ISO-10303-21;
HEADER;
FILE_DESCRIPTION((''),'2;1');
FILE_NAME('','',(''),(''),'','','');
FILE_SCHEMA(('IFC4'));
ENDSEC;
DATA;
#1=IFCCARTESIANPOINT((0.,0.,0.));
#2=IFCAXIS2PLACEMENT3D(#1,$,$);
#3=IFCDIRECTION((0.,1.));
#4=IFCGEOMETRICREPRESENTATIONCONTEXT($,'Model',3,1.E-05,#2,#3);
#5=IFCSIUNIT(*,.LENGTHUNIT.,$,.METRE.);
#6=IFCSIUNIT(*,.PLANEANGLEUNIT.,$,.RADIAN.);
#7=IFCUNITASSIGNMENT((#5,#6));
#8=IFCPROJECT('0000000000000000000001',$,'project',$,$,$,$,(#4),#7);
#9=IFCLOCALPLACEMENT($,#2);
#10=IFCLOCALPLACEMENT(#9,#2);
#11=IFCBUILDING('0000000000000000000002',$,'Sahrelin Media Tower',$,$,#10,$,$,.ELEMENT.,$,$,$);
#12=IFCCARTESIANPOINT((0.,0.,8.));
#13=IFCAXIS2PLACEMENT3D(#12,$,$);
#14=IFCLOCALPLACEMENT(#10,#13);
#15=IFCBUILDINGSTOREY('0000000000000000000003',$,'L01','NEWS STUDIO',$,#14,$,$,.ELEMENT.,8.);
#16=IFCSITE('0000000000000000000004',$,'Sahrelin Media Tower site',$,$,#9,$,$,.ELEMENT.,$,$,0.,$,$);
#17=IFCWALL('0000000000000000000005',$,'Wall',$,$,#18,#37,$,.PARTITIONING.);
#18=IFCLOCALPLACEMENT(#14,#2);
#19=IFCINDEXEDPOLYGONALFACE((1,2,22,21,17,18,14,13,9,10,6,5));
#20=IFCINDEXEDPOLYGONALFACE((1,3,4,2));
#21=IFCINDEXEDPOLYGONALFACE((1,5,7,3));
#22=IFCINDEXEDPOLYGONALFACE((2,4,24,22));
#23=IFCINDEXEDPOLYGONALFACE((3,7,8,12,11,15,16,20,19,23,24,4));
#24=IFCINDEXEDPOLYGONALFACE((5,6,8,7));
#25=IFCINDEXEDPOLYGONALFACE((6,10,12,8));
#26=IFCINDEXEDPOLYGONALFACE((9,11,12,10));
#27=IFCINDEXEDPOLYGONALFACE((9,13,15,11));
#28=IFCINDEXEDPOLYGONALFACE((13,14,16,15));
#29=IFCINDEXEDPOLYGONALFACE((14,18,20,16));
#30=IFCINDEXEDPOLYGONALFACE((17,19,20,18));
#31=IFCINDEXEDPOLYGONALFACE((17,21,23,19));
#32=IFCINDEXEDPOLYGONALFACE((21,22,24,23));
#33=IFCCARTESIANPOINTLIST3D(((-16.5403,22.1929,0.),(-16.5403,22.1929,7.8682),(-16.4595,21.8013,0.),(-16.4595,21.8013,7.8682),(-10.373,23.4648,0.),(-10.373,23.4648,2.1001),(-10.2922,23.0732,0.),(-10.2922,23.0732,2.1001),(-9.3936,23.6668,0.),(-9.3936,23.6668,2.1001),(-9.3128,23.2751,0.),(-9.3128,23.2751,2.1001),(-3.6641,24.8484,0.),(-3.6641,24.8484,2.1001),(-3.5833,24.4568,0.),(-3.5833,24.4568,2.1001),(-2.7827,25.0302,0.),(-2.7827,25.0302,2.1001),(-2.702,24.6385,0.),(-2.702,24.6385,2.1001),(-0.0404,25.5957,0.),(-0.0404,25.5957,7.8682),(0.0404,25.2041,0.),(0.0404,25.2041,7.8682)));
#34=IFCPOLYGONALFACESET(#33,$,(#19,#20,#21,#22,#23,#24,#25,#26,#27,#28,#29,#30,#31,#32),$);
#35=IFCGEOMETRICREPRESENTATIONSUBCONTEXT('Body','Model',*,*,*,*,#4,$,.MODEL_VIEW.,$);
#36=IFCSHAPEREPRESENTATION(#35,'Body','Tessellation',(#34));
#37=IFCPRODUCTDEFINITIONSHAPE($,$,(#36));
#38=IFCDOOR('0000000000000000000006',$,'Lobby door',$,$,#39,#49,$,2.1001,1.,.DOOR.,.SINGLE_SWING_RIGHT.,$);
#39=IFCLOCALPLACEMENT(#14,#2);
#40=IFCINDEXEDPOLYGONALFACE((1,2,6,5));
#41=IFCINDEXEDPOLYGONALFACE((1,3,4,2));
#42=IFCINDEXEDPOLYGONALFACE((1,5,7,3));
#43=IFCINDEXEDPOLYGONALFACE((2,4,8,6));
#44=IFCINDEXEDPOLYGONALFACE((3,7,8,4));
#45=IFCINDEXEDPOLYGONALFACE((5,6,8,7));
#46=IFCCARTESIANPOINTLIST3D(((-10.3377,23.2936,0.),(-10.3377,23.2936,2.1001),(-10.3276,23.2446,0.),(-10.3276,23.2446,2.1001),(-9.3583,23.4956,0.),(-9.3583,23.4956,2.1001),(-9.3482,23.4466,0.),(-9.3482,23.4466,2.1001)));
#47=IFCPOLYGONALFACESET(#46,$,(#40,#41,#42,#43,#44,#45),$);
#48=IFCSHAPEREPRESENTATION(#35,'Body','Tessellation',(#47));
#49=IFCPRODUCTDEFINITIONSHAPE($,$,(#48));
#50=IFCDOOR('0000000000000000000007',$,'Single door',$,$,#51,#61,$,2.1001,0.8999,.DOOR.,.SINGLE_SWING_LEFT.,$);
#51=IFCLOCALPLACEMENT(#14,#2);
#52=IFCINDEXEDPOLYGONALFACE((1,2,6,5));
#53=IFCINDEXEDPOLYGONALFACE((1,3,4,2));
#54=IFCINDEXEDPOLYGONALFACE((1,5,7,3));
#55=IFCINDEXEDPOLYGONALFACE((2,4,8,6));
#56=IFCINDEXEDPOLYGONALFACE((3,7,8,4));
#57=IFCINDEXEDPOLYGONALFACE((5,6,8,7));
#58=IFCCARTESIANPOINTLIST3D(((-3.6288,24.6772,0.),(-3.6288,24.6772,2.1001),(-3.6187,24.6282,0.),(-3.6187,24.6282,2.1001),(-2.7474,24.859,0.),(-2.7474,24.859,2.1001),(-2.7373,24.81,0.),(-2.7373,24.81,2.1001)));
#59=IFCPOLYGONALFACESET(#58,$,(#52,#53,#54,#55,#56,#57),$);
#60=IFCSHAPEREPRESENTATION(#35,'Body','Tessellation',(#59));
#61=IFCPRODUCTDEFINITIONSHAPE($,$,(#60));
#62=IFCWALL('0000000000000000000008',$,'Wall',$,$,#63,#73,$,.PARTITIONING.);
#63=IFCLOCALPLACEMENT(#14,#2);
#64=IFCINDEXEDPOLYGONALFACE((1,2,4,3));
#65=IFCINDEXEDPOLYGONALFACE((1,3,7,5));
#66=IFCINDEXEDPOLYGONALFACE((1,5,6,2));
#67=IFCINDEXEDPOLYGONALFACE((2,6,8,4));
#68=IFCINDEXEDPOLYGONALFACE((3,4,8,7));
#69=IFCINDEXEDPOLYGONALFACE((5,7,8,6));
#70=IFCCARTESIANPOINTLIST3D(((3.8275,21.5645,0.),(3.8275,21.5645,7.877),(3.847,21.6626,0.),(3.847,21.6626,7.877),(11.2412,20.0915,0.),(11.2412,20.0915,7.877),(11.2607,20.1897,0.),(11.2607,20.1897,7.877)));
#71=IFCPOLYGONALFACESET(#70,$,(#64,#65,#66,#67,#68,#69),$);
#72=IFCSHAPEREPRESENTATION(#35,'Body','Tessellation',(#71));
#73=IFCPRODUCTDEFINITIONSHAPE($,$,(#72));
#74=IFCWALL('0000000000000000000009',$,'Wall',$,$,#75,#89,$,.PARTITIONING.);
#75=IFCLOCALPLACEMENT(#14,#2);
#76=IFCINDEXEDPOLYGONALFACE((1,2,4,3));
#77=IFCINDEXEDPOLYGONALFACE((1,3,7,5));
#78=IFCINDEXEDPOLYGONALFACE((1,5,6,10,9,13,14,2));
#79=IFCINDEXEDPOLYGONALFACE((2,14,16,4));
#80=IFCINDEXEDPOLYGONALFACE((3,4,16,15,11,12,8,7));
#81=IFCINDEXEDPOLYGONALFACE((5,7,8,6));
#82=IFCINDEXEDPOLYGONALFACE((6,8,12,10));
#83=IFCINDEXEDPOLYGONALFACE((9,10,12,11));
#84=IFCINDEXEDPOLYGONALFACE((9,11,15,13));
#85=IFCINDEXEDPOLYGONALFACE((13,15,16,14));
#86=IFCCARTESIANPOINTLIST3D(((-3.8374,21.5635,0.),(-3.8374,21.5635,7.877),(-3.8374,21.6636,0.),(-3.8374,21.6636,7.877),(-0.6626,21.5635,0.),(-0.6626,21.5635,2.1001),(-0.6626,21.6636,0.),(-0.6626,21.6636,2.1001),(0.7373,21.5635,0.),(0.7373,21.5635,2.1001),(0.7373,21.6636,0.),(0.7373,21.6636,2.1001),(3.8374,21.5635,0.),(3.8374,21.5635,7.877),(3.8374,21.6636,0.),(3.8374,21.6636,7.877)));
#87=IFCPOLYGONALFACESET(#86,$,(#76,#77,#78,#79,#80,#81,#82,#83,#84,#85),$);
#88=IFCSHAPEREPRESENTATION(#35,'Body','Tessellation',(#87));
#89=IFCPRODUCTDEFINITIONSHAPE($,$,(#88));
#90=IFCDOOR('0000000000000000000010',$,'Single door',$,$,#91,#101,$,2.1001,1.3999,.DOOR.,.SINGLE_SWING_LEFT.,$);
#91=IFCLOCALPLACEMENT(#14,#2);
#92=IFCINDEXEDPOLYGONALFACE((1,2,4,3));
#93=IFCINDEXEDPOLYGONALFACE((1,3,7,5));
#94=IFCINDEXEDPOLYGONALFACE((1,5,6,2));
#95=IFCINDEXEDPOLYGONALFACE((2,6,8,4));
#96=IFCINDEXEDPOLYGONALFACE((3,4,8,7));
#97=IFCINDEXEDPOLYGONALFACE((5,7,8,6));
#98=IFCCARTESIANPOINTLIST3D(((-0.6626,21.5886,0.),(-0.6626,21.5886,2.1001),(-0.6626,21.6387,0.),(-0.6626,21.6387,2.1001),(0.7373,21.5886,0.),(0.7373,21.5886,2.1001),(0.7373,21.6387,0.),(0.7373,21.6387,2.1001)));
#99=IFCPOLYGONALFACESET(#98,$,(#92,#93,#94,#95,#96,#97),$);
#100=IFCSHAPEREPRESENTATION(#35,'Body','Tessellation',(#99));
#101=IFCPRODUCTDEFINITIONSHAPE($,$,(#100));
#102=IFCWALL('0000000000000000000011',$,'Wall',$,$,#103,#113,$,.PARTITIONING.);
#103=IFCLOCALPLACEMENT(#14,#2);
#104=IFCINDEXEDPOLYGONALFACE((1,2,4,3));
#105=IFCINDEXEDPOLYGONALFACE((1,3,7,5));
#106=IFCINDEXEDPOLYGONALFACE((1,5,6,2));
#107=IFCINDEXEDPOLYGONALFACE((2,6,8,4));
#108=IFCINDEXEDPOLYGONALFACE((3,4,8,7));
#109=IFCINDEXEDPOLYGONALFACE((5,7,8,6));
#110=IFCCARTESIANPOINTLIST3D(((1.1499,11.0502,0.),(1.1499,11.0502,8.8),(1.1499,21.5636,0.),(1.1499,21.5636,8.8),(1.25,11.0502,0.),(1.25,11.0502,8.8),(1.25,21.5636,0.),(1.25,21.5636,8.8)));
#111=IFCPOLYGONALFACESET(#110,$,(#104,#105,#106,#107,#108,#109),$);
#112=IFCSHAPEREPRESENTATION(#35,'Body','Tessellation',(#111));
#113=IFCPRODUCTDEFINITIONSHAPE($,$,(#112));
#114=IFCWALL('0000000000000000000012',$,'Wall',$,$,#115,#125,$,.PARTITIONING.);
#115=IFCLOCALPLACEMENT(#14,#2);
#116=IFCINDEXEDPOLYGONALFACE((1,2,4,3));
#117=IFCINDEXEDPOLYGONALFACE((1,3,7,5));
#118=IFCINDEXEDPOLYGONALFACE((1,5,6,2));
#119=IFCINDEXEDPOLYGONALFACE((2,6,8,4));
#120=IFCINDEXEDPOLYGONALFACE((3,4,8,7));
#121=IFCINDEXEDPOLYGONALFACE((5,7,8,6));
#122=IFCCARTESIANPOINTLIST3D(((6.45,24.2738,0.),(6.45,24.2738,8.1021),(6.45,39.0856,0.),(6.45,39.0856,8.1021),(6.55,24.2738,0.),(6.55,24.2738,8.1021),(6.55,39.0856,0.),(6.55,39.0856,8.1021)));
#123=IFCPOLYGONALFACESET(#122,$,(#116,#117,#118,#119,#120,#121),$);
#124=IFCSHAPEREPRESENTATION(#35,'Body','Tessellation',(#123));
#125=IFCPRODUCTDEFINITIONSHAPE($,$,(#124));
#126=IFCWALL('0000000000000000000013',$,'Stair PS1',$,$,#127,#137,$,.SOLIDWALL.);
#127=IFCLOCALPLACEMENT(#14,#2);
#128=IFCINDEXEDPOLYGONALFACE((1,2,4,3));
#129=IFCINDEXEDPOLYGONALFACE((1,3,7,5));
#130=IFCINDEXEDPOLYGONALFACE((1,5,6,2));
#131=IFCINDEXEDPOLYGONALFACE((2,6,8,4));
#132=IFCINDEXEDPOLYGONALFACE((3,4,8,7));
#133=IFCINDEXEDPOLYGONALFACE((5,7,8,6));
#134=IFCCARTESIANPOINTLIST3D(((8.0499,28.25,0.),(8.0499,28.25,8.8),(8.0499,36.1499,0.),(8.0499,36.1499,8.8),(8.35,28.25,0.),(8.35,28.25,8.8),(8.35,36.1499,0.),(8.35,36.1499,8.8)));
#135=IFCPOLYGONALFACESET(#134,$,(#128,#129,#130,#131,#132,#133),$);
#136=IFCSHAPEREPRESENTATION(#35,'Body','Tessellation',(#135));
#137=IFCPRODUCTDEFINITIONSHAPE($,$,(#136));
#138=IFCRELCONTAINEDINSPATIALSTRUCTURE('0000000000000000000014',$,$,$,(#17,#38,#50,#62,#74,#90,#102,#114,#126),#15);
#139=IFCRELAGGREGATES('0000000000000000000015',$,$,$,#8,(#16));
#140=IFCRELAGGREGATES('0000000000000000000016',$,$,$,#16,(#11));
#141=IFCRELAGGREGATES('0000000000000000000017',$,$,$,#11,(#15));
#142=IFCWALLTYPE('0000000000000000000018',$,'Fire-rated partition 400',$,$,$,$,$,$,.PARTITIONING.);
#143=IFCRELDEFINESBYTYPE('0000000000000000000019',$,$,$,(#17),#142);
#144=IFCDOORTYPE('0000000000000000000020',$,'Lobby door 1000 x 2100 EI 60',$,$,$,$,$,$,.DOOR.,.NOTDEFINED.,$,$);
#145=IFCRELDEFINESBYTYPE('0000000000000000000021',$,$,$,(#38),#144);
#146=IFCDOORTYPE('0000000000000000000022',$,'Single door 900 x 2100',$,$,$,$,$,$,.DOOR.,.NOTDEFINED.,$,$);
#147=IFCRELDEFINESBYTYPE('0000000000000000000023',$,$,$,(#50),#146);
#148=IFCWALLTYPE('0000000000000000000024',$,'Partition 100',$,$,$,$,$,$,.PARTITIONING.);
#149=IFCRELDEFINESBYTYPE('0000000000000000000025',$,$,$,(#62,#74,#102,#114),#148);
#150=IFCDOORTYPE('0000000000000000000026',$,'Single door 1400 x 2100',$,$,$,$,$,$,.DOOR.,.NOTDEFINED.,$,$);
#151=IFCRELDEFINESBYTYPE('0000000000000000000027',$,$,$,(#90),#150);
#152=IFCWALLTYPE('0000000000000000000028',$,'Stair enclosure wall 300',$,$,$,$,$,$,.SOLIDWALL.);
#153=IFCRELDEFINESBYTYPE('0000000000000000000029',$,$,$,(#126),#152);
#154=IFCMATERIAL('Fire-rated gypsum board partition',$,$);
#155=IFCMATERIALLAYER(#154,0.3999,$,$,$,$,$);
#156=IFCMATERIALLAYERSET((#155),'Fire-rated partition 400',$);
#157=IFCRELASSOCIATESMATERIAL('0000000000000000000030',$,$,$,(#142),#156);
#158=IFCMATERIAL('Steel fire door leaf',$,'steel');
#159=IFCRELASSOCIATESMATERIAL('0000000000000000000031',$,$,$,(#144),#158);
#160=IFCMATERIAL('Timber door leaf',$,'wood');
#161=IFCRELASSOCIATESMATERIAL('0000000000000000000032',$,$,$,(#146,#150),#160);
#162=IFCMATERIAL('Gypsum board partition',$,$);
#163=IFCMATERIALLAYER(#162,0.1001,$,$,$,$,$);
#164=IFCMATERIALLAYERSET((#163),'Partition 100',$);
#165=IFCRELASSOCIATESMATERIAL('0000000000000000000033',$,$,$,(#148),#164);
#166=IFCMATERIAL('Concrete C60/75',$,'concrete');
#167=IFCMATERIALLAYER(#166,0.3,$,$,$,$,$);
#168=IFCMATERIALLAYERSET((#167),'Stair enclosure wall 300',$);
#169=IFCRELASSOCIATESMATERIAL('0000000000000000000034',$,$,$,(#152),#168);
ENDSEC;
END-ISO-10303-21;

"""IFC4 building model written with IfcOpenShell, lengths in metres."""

from ifc_helpers import new_model, si_unit, direction, frame, frame_2d, origin, place, context, subcontext, project, spatial, rectangle, extrude, material, layer, layer_set, type_object, element, fill, save


model = new_model("IFC4")

# Units and contexts
model_context = context("Model", 3, precision=1e-05, world=origin(), true_north=direction((0.0, 1.0)))
body_context = subcontext(model_context, "Body", "Model", "MODEL_VIEW")
ifc_project = project(units=[si_unit("LENGTHUNIT", "METRE"), si_unit("PLANEANGLEUNIT", "RADIAN")], contexts=[model_context])

# Site, building, storey
site_placement = place(None, origin())
site = spatial("IfcSite", under=ifc_project, at=site_placement, Name="Sahrelin Media Tower site", CompositionType="ELEMENT", RefElevation=0.0)
building_placement = place(site_placement, origin())
building = spatial("IfcBuilding", under=site, at=building_placement, Name="Sahrelin Media Tower", CompositionType="ELEMENT")
storey_placement = place(building_placement, frame((0.0, 0.0, 8.0)))
storey = spatial("IfcBuildingStorey", under=building, at=storey_placement, Name="L01", Description="NEWS STUDIO", CompositionType="ELEMENT", Elevation=8.0)

# Wall, openings, doors
ifc_material_1 = material(Name="Fire-rated gypsum board partition")
ifc_layer_1 = layer(ifc_material_1, 0.3999)
ifc_layer_set_1 = layer_set([ifc_layer_1], Name="Fire-rated partition 400")
wall_type_1 = type_object("IfcWallType", Name="Fire-rated partition 400", PredefinedType="PARTITIONING", material=ifc_layer_set_1)
wall_1_placement = place(storey_placement, frame((0.0, 25.3999, 0.0), z_axis=(0.0, 0.0, 1.0), x_axis=(-0.979389, -0.201982, 0.0)))
wall_1 = element("IfcWall", 1, at=wall_1_placement, inside=storey, type_object=wall_type_1, Name="Wall", PredefinedType="PARTITIONING", context=body_context, shape_type="SweptSolid", body=[
    extrude(rectangle(XDim=16.8472, YDim=0.3999, at=frame_2d((8.4236, 0.0))), origin(), (0.0, 0.0, 1.0), 7.8682),
])
opening_1_placement = place(wall_1_placement, frame((9.55, 0.0, 0.0)))
opening_1 = element("IfcOpeningElement", 2, at=opening_1_placement, cuts=wall_1, PredefinedType="OPENING", context=body_context, shape_type="SweptSolid", body=[
    extrude(rectangle(XDim=1.0, YDim=2.1001, at=frame_2d((0.5, 1.05))), frame((0.0, 0.2, 0.0), z_axis=(0.0, -1.0, 0.0), x_axis=(1.0, 0.0, 0.0)), (0.0, 0.0, 1.0), 0.3999),
])
opening_2_placement = place(wall_1_placement, frame((2.8, 0.0, 0.0)))
opening_2 = element("IfcOpeningElement", 3, at=opening_2_placement, cuts=wall_1, PredefinedType="OPENING", context=body_context, shape_type="SweptSolid", body=[
    extrude(rectangle(XDim=0.8999, YDim=2.1001, at=frame_2d((0.45, 1.05))), frame((0.0, 0.2, 0.0), z_axis=(0.0, -1.0, 0.0), x_axis=(1.0, 0.0, 0.0)), (0.0, 0.0, 1.0), 0.3999),
])
ifc_material_2 = material(Name="Steel fire door leaf", Category="steel")
door_type_1 = type_object("IfcDoorType", Name="Lobby door 1000 x 2100 EI 60", OperationType="NOTDEFINED", PredefinedType="DOOR", material=ifc_material_2)
door_1_placement = place(opening_1_placement, origin())
door_1 = element("IfcDoor", 4, at=door_1_placement, inside=storey, type_object=door_type_1, Name="Lobby door", OperationType="SINGLE_SWING_RIGHT", OverallHeight=2.1001, OverallWidth=1.0, PredefinedType="DOOR", context=body_context, shape_type="SweptSolid", body=[
    extrude(rectangle(XDim=1.0, YDim=2.1001, at=frame_2d((0.5, 1.05))), frame((0.0, 0.0249, 0.0), z_axis=(0.0, -1.0, 0.0), x_axis=(1.0, 0.0, 0.0)), (0.0, 0.0, 1.0), 0.05),
])
fill(opening_1, door_1)
ifc_material_3 = material(Name="Timber door leaf", Category="wood")
door_type_2 = type_object("IfcDoorType", Name="Single door 900 x 2100", OperationType="NOTDEFINED", PredefinedType="DOOR", material=ifc_material_3)
door_2_placement = place(opening_2_placement, origin())
door_2 = element("IfcDoor", 5, at=door_2_placement, inside=storey, type_object=door_type_2, Name="Single door", OperationType="SINGLE_SWING_LEFT", OverallHeight=2.1001, OverallWidth=0.8999, PredefinedType="DOOR", context=body_context, shape_type="SweptSolid", body=[
    extrude(rectangle(XDim=0.8999, YDim=2.1001, at=frame_2d((0.45, 1.05))), frame((0.0, 0.0249, 0.0), z_axis=(0.0, -1.0, 0.0), x_axis=(1.0, 0.0, 0.0)), (0.0, 0.0, 1.0), 0.05),
])
fill(opening_2, door_2)

# Wall
ifc_material_4 = material(Name="Gypsum board partition")
ifc_layer_2 = layer(ifc_material_4, 0.1001)
ifc_layer_set_2 = layer_set([ifc_layer_2], Name="Partition 100")
wall_type_2 = type_object("IfcWallType", Name="Partition 100", PredefinedType="PARTITIONING", material=ifc_layer_set_2)
wall_2_placement = place(storey_placement, frame((11.251, 20.1406, 0.0), z_axis=(0.0, 0.0, 1.0), x_axis=(-0.98083, 0.194867, 0.0)))
element("IfcWall", 6, at=wall_2_placement, inside=storey, type_object=wall_type_2, Name="Wall", PredefinedType="PARTITIONING", context=body_context, shape_type="SweptSolid", body=[
    extrude(rectangle(XDim=7.5586, YDim=0.1001, at=frame_2d((3.7793, 0.0))), origin(), (0.0, 0.0, 1.0), 7.877),
])

# Wall, opening, door
wall_3_placement = place(storey_placement, frame((3.8374, 21.6135, 0.0), z_axis=(0.0, 0.0, 1.0), x_axis=(-1.0, 0.0, 0.0)))
wall_3 = element("IfcWall", 7, at=wall_3_placement, inside=storey, type_object=wall_type_2, Name="Wall", PredefinedType="PARTITIONING", context=body_context, shape_type="SweptSolid", body=[
    extrude(rectangle(XDim=7.6748, YDim=0.1001, at=frame_2d((3.8374, 0.0))), origin(), (0.0, 0.0, 1.0), 7.877),
])
opening_3_placement = place(wall_3_placement, frame((3.1001, 0.0, 0.0)))
opening_3 = element("IfcOpeningElement", 8, at=opening_3_placement, cuts=wall_3, PredefinedType="OPENING", context=body_context, shape_type="SweptSolid", body=[
    extrude(rectangle(XDim=1.3999, YDim=2.1001, at=frame_2d((0.7, 1.05))), frame((0.0, 0.05, 0.0), z_axis=(0.0, -1.0, 0.0), x_axis=(1.0, 0.0, 0.0)), (0.0, 0.0, 1.0), 0.1001),
])
door_type_3 = type_object("IfcDoorType", Name="Single door 1400 x 2100", OperationType="NOTDEFINED", PredefinedType="DOOR", material=ifc_material_3)
door_3_placement = place(opening_3_placement, origin())
door_3 = element("IfcDoor", 9, at=door_3_placement, inside=storey, type_object=door_type_3, Name="Single door", OperationType="SINGLE_SWING_LEFT", OverallHeight=2.1001, OverallWidth=1.3999, PredefinedType="DOOR", context=body_context, shape_type="SweptSolid", body=[
    extrude(rectangle(XDim=1.3999, YDim=2.1001, at=frame_2d((0.7, 1.05))), frame((0.0, 0.0249, 0.0), z_axis=(0.0, -1.0, 0.0), x_axis=(1.0, 0.0, 0.0)), (0.0, 0.0, 1.0), 0.05),
])
fill(opening_3, door_3)

# Walls
wall_4_placement = place(storey_placement, frame((1.2, 11.05, 0.0), z_axis=(0.0, 0.0, 1.0), x_axis=(0.0, 1.0, 0.0)))
element("IfcWall", 10, at=wall_4_placement, inside=storey, type_object=wall_type_2, Name="Wall", PredefinedType="PARTITIONING", context=body_context, shape_type="SweptSolid", body=[
    extrude(rectangle(XDim=10.5134, YDim=0.1001, at=frame_2d((5.2568, 0.0))), origin(), (0.0, 0.0, 1.0), 8.8),
])
wall_5_placement = place(storey_placement, frame((6.5, 24.2739, 0.0), z_axis=(0.0, 0.0, 1.0), x_axis=(0.0, 1.0, 0.0)))
element("IfcWall", 11, at=wall_5_placement, inside=storey, type_object=wall_type_2, Name="Wall", PredefinedType="PARTITIONING", context=body_context, shape_type="SweptSolid", body=[
    extrude(rectangle(XDim=14.8118, YDim=0.1001, at=frame_2d((7.4058, 0.0))), origin(), (0.0, 0.0, 1.0), 8.1021),
])
ifc_material_5 = material(Name="Concrete C60/75", Category="concrete")
ifc_layer_3 = layer(ifc_material_5, 0.3)
ifc_layer_set_3 = layer_set([ifc_layer_3], Name="Stair enclosure wall 300")
wall_type_3 = type_object("IfcWallType", Name="Stair enclosure wall 300", PredefinedType="SOLIDWALL", material=ifc_layer_set_3)
wall_6_placement = place(storey_placement, frame((8.2, 28.25, 0.0), z_axis=(0.0, 0.0, 1.0), x_axis=(0.0, 1.0, 0.0)))
element("IfcWall", 12, at=wall_6_placement, inside=storey, type_object=wall_type_3, Name="Stair PS1", PredefinedType="SOLIDWALL", context=body_context, shape_type="SweptSolid", body=[
    extrude(rectangle(XDim=7.8999, YDim=0.3, at=frame_2d((3.95, 0.0))), origin(), (0.0, 0.0, 1.0), 8.8),
])

save(model, "model.ifc")
